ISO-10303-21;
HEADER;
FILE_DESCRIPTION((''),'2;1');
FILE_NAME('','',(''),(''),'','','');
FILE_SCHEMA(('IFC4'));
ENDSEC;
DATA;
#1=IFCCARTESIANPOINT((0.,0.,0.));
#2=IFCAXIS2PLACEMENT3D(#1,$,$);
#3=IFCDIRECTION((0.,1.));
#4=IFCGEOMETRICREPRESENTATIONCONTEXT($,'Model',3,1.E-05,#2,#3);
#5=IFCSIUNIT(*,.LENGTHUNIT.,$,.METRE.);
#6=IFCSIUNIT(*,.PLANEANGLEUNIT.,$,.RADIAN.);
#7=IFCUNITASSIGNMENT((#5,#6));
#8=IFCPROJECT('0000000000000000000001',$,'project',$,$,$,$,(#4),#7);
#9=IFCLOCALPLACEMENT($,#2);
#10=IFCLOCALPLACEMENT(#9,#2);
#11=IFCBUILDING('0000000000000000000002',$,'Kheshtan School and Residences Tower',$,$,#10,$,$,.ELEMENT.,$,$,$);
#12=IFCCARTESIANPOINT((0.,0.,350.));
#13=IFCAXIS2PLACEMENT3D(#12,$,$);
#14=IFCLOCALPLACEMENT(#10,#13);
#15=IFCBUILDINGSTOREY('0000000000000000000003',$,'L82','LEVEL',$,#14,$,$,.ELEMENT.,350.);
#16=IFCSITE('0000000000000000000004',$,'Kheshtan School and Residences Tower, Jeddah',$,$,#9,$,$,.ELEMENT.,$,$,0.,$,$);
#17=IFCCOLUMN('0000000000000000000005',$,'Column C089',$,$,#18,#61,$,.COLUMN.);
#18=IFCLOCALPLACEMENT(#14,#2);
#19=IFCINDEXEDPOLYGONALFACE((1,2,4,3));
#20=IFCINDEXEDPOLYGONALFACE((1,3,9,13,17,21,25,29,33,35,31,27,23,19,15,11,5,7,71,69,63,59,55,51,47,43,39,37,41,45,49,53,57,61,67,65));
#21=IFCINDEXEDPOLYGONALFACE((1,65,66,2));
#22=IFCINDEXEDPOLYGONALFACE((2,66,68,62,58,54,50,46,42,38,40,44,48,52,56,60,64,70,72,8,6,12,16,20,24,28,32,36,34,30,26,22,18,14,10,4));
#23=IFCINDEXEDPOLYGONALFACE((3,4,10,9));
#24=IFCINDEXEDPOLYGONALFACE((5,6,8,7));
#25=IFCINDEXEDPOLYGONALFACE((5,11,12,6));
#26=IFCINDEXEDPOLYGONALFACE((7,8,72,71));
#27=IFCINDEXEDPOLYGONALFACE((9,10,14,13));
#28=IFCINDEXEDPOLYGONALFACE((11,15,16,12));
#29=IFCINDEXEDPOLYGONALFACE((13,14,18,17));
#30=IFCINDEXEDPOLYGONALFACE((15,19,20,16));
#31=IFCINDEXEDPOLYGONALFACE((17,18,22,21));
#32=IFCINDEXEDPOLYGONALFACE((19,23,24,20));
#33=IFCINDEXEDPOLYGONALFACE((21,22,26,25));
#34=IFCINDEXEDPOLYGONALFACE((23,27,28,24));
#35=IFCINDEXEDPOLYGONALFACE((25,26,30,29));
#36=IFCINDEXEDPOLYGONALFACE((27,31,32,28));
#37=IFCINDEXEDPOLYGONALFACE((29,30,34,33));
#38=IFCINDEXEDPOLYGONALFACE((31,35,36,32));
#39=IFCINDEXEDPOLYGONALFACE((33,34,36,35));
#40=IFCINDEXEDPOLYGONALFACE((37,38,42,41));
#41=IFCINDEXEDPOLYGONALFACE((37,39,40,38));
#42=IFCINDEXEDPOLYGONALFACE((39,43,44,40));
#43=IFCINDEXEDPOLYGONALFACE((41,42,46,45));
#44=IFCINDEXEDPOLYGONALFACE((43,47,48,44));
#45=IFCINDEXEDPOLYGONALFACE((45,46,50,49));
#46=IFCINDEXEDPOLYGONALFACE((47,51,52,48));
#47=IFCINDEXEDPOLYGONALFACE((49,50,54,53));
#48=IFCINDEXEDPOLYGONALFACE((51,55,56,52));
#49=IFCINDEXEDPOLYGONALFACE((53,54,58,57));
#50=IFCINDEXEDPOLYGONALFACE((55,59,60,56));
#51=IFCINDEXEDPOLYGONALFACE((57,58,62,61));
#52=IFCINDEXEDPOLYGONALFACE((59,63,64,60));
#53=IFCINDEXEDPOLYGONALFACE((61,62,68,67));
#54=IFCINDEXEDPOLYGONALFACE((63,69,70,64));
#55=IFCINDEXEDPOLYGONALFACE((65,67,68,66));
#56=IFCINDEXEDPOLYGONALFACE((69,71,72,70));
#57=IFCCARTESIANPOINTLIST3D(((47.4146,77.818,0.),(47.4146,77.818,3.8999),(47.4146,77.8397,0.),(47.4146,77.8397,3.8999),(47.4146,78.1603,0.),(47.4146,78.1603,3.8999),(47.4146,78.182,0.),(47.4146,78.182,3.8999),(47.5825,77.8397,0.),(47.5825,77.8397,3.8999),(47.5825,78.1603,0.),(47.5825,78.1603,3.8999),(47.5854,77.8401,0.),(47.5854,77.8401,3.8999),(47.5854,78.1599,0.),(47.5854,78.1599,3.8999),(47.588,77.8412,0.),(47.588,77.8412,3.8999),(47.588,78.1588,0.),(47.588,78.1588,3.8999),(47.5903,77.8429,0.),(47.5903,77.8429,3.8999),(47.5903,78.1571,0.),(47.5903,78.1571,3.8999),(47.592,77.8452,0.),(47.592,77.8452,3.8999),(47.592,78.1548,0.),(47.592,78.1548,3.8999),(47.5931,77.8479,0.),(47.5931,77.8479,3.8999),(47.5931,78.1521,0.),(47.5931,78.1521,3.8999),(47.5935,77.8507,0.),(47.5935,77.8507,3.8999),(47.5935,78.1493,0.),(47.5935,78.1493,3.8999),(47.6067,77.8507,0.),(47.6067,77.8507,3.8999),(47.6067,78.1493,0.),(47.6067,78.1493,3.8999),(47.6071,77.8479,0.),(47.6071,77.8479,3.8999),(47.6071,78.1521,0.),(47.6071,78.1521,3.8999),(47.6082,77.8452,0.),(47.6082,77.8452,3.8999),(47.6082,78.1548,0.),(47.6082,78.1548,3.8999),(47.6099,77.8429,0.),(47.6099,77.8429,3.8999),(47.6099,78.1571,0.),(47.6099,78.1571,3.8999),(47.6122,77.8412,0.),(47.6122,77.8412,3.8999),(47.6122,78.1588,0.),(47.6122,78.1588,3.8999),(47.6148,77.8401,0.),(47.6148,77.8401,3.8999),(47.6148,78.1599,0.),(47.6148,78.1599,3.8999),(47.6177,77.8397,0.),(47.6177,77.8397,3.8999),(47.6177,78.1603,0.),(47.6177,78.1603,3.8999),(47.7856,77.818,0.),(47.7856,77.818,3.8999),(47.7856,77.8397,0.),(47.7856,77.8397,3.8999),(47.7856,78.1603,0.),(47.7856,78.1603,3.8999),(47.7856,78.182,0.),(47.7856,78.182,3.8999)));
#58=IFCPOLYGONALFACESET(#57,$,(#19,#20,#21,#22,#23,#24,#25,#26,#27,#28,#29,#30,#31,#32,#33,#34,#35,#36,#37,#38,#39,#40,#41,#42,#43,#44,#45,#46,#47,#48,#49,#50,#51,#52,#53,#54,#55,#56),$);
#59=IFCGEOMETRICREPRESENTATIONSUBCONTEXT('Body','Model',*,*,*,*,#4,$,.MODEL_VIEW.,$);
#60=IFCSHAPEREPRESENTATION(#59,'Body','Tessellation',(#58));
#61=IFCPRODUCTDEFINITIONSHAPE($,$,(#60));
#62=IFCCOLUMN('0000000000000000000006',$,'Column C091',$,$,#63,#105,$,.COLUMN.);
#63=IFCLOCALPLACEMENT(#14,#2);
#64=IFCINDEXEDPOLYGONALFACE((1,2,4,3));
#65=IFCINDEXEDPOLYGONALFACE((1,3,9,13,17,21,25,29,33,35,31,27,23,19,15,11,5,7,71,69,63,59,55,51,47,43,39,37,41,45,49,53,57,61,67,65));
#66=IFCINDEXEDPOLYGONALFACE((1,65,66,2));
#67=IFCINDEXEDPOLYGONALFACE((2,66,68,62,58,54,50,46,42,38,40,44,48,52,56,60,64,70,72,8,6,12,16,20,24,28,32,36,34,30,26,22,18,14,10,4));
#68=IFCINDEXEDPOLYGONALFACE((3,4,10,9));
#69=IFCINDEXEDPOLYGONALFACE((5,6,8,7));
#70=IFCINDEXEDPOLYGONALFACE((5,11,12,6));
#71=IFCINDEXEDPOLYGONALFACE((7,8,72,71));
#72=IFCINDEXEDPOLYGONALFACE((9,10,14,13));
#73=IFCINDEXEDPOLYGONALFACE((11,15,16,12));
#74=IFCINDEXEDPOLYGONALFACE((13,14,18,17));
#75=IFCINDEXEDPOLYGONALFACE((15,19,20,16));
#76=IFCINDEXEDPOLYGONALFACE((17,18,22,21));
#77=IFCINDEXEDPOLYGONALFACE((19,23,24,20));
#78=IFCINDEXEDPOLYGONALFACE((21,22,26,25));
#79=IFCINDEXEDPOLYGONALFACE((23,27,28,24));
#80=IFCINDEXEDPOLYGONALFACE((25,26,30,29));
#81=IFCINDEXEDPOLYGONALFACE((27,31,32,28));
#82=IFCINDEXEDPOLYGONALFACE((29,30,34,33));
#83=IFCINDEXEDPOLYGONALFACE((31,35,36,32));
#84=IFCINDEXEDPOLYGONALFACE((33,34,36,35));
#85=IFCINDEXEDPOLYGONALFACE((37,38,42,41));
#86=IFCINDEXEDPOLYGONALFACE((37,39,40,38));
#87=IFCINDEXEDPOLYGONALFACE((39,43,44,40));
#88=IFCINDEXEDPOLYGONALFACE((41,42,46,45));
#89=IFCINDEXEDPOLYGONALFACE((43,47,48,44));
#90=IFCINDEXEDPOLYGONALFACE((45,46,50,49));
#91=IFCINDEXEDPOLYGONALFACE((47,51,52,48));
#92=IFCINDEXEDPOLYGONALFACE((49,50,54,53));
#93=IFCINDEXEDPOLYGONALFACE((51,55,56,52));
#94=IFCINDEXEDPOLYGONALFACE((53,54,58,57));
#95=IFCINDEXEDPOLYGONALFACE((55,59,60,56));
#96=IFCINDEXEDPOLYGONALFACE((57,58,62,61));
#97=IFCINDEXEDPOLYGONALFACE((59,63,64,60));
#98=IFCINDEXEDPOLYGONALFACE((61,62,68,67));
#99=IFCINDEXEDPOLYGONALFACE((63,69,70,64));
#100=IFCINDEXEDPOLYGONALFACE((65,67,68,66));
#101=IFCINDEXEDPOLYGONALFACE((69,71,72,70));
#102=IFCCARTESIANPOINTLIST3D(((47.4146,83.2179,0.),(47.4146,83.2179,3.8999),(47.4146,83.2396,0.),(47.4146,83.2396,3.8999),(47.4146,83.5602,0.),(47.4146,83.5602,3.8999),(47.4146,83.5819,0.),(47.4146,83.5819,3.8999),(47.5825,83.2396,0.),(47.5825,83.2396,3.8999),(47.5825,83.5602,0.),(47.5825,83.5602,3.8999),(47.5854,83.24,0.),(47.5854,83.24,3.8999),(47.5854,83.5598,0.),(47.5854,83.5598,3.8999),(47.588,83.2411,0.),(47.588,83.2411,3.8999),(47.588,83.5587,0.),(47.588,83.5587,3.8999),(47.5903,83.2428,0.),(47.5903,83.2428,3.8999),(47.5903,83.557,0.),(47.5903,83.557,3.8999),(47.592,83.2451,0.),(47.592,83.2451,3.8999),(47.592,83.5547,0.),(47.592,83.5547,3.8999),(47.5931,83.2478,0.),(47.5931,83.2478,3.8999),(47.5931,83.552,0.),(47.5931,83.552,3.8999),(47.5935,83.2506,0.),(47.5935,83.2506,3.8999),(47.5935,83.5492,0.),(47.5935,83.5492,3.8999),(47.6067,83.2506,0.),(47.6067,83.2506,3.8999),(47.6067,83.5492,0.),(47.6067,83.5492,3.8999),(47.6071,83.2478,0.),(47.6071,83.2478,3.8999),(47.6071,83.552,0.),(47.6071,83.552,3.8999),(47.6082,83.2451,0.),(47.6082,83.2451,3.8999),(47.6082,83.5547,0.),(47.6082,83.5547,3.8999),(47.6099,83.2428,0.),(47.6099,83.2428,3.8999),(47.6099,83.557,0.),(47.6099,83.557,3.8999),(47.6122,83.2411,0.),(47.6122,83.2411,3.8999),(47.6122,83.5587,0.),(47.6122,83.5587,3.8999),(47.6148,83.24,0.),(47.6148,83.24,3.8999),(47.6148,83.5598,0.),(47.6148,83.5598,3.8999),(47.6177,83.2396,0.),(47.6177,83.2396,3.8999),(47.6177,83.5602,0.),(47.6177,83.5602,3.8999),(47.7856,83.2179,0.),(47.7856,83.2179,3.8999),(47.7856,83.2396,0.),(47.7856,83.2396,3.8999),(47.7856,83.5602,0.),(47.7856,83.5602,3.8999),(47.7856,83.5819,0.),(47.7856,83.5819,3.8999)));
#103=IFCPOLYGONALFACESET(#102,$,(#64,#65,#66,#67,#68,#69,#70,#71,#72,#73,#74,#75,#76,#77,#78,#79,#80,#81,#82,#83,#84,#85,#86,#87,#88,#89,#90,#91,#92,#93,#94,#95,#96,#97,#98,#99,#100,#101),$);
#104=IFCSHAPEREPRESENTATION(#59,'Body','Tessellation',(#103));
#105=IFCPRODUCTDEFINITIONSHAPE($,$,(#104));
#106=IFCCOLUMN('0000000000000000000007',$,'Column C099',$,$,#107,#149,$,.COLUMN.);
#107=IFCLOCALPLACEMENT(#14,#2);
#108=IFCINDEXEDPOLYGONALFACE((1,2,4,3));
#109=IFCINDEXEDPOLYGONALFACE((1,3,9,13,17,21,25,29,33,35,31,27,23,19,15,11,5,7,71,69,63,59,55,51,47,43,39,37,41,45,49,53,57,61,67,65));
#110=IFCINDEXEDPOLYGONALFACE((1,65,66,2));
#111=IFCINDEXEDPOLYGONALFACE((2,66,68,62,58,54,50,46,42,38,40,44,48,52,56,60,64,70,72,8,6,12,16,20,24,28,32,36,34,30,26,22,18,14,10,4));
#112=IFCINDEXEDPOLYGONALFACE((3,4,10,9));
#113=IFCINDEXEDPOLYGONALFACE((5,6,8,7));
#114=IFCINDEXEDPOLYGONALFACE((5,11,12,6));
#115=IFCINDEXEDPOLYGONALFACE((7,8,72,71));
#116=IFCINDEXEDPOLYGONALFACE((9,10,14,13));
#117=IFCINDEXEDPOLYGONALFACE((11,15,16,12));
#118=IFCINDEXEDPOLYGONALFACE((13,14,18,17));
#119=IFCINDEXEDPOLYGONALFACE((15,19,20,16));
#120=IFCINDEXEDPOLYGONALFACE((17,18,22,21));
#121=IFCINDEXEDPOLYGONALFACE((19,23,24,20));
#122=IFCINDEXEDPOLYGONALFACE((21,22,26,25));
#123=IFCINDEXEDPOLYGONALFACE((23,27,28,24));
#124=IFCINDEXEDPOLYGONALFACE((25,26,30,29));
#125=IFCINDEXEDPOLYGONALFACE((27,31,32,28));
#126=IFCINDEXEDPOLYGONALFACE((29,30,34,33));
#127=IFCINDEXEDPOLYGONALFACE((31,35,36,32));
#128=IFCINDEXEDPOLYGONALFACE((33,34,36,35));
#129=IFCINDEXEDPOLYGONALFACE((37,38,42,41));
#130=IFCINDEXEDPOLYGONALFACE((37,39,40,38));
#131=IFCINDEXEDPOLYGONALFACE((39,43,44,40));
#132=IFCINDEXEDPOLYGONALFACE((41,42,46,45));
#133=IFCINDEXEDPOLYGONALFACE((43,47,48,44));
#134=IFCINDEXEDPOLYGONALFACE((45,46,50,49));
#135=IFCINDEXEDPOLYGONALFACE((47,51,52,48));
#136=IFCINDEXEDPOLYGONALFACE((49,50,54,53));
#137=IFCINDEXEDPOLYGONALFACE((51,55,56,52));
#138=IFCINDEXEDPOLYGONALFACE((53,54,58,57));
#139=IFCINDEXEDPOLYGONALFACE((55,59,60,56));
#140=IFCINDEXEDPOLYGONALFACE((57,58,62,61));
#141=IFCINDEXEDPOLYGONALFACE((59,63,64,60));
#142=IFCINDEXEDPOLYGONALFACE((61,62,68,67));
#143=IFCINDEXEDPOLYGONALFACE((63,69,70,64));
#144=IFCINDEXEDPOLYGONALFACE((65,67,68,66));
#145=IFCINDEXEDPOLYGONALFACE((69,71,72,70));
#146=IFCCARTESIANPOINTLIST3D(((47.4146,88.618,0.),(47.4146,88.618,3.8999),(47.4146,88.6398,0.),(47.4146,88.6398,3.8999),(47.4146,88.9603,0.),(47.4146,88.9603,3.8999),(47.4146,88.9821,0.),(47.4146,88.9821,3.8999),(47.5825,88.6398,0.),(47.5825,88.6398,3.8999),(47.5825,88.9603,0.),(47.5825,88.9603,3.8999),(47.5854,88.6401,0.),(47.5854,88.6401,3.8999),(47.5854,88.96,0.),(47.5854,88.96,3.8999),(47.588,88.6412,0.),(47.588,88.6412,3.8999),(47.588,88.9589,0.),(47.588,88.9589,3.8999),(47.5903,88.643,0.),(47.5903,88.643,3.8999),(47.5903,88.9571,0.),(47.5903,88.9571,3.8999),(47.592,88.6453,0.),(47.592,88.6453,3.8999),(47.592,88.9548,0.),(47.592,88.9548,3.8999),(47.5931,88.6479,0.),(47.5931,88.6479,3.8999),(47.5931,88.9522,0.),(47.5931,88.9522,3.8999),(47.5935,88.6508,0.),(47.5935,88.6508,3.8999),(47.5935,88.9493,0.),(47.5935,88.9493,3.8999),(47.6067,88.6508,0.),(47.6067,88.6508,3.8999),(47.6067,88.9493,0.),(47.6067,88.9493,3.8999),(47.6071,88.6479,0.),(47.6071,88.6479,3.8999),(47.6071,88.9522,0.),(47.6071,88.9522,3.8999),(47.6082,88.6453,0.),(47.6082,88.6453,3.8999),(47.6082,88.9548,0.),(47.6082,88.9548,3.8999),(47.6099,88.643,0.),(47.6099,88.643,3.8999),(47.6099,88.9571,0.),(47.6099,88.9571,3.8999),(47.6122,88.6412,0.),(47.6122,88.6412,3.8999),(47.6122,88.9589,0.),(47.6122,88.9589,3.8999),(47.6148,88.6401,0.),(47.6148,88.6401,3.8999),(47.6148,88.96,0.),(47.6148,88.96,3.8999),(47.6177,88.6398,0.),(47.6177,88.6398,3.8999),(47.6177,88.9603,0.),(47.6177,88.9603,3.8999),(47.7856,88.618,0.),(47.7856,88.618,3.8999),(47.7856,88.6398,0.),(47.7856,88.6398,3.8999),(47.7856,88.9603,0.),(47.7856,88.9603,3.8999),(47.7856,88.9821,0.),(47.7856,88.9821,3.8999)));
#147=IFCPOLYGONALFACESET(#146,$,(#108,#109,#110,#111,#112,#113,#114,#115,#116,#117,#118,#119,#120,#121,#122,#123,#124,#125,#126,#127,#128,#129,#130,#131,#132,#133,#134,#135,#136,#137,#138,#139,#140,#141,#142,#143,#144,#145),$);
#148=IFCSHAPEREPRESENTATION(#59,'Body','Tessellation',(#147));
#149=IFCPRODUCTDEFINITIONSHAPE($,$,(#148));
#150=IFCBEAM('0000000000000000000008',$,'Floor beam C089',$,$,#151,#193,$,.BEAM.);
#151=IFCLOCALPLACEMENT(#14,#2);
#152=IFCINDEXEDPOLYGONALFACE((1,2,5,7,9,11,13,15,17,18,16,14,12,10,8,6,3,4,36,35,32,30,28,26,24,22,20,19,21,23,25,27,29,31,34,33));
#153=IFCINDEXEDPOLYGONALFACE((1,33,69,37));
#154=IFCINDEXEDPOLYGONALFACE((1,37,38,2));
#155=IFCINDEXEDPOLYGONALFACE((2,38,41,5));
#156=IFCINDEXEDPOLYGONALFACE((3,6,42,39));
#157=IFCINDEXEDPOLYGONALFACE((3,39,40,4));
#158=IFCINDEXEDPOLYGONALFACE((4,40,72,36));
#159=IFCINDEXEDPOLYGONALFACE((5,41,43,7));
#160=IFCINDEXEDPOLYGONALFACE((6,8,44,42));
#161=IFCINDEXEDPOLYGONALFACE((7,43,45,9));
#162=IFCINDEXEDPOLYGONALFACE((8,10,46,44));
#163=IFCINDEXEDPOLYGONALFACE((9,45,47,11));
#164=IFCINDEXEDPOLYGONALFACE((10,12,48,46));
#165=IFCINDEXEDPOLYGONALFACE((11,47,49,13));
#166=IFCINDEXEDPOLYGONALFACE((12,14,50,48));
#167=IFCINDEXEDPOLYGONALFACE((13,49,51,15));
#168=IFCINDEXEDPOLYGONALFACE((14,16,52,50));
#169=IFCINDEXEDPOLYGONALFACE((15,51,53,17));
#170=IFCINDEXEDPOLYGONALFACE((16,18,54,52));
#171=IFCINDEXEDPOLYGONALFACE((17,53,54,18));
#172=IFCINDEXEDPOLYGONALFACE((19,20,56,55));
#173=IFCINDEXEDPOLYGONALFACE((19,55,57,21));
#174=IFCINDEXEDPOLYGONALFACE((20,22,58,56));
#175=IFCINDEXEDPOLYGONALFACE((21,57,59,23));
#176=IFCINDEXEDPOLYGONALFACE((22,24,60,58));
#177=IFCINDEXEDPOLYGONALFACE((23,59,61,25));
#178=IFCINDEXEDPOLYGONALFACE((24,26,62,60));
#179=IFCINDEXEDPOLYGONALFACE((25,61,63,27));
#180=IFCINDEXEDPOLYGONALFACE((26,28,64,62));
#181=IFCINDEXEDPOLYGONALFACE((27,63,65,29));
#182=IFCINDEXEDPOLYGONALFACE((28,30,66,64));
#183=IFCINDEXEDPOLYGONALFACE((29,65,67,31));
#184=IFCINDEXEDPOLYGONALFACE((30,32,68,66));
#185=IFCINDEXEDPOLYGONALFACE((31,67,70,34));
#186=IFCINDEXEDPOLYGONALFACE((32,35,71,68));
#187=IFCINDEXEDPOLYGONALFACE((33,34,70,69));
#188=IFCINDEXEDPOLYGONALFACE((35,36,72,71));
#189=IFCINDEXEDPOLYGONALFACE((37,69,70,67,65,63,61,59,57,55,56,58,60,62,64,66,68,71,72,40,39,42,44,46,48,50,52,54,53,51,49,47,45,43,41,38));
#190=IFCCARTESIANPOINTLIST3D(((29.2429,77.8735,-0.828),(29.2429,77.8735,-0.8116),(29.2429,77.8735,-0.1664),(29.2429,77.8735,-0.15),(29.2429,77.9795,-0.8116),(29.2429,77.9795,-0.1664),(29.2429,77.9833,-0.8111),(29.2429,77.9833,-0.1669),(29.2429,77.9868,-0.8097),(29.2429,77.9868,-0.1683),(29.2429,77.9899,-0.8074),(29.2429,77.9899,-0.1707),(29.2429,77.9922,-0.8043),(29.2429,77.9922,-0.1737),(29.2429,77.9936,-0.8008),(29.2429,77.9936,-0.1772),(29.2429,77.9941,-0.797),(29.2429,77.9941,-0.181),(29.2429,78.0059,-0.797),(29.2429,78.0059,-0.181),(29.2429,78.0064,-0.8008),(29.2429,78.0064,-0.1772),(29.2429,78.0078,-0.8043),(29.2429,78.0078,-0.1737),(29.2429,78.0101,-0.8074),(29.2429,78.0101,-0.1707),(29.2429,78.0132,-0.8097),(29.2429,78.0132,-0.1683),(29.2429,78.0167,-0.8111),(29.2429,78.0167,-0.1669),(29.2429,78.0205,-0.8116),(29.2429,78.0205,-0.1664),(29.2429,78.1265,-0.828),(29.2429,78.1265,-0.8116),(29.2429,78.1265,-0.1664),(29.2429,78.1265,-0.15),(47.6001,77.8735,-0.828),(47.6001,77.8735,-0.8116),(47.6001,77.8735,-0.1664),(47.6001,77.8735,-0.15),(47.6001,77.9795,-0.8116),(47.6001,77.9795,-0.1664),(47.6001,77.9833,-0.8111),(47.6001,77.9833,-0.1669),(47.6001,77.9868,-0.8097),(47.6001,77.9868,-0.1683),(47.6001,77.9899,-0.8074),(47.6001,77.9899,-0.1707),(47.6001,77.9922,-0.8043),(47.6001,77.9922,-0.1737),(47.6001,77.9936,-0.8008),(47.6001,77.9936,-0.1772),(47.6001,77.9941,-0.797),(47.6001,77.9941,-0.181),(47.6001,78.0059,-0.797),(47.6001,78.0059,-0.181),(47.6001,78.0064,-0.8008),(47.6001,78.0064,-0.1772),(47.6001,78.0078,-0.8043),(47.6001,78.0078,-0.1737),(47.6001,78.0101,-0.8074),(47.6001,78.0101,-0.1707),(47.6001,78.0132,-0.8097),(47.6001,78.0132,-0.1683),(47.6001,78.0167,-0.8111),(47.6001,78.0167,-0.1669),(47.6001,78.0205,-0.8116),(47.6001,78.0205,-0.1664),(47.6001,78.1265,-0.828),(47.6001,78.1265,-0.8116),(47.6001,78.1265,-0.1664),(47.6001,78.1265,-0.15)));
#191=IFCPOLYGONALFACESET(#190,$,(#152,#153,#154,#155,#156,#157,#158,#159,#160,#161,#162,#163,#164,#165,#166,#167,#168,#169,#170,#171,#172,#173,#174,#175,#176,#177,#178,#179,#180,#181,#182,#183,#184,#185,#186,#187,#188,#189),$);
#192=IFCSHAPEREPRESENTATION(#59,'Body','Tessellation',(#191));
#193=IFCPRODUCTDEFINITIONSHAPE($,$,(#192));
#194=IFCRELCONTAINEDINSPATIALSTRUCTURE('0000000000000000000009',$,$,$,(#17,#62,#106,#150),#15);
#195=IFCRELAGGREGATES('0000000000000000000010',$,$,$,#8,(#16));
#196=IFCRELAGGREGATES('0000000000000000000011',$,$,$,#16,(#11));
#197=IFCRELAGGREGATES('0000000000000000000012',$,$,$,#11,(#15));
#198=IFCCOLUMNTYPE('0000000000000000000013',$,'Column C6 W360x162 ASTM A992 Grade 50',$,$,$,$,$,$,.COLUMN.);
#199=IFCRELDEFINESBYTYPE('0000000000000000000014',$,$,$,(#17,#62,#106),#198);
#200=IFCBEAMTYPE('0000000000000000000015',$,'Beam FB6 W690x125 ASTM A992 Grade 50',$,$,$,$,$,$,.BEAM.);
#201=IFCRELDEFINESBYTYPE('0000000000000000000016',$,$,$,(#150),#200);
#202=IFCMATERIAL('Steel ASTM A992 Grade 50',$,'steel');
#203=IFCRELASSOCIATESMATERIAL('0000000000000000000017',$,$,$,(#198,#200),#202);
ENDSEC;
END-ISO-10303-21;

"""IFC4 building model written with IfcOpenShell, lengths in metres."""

from ifc_helpers import new_model, si_unit, direction, frame, origin, origin_2d, place, context, subcontext, project, spatial, i_section, extrude, material, material_profile, profile_set, type_object, element, save


model = new_model("IFC4")

# Units and contexts
model_context = context("Model", 3, precision=1e-05, world=origin(), true_north=direction((0.0, 1.0)))
body_context = subcontext(model_context, "Body", "Model", "MODEL_VIEW")
ifc_project = project(units=[si_unit("LENGTHUNIT", "METRE"), si_unit("PLANEANGLEUNIT", "RADIAN")], contexts=[model_context])

# Site, building, storey
site_placement = place(None, origin())
site = spatial("IfcSite", under=ifc_project, at=site_placement, Name="Kheshtan School and Residences Tower, Jeddah", CompositionType="ELEMENT", RefElevation=0.0)
building_placement = place(site_placement, origin())
building = spatial("IfcBuilding", under=site, at=building_placement, Name="Kheshtan School and Residences Tower", CompositionType="ELEMENT")
storey_placement = place(building_placement, frame((0.0, 0.0, 350.0)))
storey = spatial("IfcBuildingStorey", under=building, at=storey_placement, Name="L82", Description="LEVEL", CompositionType="ELEMENT", Elevation=350.0)

# Columns
ifc_material_1 = material(Name="Steel ASTM A992 Grade 50", Category="steel")
ifc_material_profile_1 = material_profile(ifc_material_1, i_section(OverallWidth=0.3711, OverallDepth=0.364, WebThickness=0.0132, FlangeThickness=0.0217, FilletRadius=0.011, at=origin_2d()), Name="W360x162")
ifc_profile_set_1 = profile_set([ifc_material_profile_1], Name="Steel ASTM A992 Grade 50")
column_type = type_object("IfcColumnType", Name="Column C6 W360x162 ASTM A992 Grade 50", PredefinedType="COLUMN", material=ifc_profile_set_1)
for number, where, z_axis, x_axis, name in (
    (1, (47.6001, 78.0, 0.0), (0.0, 0.0, 1.0), (1.0, 0.0, 0.0), "Column C089"),
    (2, (47.6001, 83.3999, 0.0), (0.0, 0.0, 1.0), (1.0, 0.0, 0.0), "Column C091"),
    (3, (47.6001, 88.8, 0.0), (0.0, 0.0, 1.0), (1.0, 0.0, 0.0), "Column C099"),
):
    element("IfcColumn", number, at=place(storey_placement, frame(where, z_axis=z_axis, x_axis=x_axis)), inside=storey, type_object=column_type, Name=name, PredefinedType="COLUMN", context=body_context, shape_type="SweptSolid", body=[
        extrude(i_section(OverallWidth=0.3711, OverallDepth=0.364, WebThickness=0.0132, FlangeThickness=0.0217, FilletRadius=0.011, at=origin_2d()), origin(), (0.0, 0.0, 1.0), 3.8999),
    ])

# Beam
ifc_material_profile_2 = material_profile(ifc_material_1, i_section(OverallWidth=0.2529, OverallDepth=0.678, WebThickness=0.0117, FlangeThickness=0.0164, FilletRadius=0.0146, at=origin_2d()), Name="W690x125")
ifc_profile_set_2 = profile_set([ifc_material_profile_2], Name="Steel ASTM A992 Grade 50")
beam_type_1 = type_object("IfcBeamType", Name="Beam FB6 W690x125 ASTM A992 Grade 50", PredefinedType="BEAM", material=ifc_profile_set_2)
beam_1_placement = place(storey_placement, frame((47.6001, 78.0, -0.489), z_axis=(-1.0, 0.0, 0.0), x_axis=(0.0, -1.0, 0.0)))
element("IfcBeam", 4, at=beam_1_placement, inside=storey, type_object=beam_type_1, Name="Floor beam C089", PredefinedType="BEAM", context=body_context, shape_type="SweptSolid", body=[
    extrude(i_section(OverallWidth=0.2529, OverallDepth=0.678, WebThickness=0.0117, FlangeThickness=0.0164, FilletRadius=0.0146, at=origin_2d()), origin(), (0.0, 0.0, 1.0), 18.3572),
])

save(model, "model.ifc")
